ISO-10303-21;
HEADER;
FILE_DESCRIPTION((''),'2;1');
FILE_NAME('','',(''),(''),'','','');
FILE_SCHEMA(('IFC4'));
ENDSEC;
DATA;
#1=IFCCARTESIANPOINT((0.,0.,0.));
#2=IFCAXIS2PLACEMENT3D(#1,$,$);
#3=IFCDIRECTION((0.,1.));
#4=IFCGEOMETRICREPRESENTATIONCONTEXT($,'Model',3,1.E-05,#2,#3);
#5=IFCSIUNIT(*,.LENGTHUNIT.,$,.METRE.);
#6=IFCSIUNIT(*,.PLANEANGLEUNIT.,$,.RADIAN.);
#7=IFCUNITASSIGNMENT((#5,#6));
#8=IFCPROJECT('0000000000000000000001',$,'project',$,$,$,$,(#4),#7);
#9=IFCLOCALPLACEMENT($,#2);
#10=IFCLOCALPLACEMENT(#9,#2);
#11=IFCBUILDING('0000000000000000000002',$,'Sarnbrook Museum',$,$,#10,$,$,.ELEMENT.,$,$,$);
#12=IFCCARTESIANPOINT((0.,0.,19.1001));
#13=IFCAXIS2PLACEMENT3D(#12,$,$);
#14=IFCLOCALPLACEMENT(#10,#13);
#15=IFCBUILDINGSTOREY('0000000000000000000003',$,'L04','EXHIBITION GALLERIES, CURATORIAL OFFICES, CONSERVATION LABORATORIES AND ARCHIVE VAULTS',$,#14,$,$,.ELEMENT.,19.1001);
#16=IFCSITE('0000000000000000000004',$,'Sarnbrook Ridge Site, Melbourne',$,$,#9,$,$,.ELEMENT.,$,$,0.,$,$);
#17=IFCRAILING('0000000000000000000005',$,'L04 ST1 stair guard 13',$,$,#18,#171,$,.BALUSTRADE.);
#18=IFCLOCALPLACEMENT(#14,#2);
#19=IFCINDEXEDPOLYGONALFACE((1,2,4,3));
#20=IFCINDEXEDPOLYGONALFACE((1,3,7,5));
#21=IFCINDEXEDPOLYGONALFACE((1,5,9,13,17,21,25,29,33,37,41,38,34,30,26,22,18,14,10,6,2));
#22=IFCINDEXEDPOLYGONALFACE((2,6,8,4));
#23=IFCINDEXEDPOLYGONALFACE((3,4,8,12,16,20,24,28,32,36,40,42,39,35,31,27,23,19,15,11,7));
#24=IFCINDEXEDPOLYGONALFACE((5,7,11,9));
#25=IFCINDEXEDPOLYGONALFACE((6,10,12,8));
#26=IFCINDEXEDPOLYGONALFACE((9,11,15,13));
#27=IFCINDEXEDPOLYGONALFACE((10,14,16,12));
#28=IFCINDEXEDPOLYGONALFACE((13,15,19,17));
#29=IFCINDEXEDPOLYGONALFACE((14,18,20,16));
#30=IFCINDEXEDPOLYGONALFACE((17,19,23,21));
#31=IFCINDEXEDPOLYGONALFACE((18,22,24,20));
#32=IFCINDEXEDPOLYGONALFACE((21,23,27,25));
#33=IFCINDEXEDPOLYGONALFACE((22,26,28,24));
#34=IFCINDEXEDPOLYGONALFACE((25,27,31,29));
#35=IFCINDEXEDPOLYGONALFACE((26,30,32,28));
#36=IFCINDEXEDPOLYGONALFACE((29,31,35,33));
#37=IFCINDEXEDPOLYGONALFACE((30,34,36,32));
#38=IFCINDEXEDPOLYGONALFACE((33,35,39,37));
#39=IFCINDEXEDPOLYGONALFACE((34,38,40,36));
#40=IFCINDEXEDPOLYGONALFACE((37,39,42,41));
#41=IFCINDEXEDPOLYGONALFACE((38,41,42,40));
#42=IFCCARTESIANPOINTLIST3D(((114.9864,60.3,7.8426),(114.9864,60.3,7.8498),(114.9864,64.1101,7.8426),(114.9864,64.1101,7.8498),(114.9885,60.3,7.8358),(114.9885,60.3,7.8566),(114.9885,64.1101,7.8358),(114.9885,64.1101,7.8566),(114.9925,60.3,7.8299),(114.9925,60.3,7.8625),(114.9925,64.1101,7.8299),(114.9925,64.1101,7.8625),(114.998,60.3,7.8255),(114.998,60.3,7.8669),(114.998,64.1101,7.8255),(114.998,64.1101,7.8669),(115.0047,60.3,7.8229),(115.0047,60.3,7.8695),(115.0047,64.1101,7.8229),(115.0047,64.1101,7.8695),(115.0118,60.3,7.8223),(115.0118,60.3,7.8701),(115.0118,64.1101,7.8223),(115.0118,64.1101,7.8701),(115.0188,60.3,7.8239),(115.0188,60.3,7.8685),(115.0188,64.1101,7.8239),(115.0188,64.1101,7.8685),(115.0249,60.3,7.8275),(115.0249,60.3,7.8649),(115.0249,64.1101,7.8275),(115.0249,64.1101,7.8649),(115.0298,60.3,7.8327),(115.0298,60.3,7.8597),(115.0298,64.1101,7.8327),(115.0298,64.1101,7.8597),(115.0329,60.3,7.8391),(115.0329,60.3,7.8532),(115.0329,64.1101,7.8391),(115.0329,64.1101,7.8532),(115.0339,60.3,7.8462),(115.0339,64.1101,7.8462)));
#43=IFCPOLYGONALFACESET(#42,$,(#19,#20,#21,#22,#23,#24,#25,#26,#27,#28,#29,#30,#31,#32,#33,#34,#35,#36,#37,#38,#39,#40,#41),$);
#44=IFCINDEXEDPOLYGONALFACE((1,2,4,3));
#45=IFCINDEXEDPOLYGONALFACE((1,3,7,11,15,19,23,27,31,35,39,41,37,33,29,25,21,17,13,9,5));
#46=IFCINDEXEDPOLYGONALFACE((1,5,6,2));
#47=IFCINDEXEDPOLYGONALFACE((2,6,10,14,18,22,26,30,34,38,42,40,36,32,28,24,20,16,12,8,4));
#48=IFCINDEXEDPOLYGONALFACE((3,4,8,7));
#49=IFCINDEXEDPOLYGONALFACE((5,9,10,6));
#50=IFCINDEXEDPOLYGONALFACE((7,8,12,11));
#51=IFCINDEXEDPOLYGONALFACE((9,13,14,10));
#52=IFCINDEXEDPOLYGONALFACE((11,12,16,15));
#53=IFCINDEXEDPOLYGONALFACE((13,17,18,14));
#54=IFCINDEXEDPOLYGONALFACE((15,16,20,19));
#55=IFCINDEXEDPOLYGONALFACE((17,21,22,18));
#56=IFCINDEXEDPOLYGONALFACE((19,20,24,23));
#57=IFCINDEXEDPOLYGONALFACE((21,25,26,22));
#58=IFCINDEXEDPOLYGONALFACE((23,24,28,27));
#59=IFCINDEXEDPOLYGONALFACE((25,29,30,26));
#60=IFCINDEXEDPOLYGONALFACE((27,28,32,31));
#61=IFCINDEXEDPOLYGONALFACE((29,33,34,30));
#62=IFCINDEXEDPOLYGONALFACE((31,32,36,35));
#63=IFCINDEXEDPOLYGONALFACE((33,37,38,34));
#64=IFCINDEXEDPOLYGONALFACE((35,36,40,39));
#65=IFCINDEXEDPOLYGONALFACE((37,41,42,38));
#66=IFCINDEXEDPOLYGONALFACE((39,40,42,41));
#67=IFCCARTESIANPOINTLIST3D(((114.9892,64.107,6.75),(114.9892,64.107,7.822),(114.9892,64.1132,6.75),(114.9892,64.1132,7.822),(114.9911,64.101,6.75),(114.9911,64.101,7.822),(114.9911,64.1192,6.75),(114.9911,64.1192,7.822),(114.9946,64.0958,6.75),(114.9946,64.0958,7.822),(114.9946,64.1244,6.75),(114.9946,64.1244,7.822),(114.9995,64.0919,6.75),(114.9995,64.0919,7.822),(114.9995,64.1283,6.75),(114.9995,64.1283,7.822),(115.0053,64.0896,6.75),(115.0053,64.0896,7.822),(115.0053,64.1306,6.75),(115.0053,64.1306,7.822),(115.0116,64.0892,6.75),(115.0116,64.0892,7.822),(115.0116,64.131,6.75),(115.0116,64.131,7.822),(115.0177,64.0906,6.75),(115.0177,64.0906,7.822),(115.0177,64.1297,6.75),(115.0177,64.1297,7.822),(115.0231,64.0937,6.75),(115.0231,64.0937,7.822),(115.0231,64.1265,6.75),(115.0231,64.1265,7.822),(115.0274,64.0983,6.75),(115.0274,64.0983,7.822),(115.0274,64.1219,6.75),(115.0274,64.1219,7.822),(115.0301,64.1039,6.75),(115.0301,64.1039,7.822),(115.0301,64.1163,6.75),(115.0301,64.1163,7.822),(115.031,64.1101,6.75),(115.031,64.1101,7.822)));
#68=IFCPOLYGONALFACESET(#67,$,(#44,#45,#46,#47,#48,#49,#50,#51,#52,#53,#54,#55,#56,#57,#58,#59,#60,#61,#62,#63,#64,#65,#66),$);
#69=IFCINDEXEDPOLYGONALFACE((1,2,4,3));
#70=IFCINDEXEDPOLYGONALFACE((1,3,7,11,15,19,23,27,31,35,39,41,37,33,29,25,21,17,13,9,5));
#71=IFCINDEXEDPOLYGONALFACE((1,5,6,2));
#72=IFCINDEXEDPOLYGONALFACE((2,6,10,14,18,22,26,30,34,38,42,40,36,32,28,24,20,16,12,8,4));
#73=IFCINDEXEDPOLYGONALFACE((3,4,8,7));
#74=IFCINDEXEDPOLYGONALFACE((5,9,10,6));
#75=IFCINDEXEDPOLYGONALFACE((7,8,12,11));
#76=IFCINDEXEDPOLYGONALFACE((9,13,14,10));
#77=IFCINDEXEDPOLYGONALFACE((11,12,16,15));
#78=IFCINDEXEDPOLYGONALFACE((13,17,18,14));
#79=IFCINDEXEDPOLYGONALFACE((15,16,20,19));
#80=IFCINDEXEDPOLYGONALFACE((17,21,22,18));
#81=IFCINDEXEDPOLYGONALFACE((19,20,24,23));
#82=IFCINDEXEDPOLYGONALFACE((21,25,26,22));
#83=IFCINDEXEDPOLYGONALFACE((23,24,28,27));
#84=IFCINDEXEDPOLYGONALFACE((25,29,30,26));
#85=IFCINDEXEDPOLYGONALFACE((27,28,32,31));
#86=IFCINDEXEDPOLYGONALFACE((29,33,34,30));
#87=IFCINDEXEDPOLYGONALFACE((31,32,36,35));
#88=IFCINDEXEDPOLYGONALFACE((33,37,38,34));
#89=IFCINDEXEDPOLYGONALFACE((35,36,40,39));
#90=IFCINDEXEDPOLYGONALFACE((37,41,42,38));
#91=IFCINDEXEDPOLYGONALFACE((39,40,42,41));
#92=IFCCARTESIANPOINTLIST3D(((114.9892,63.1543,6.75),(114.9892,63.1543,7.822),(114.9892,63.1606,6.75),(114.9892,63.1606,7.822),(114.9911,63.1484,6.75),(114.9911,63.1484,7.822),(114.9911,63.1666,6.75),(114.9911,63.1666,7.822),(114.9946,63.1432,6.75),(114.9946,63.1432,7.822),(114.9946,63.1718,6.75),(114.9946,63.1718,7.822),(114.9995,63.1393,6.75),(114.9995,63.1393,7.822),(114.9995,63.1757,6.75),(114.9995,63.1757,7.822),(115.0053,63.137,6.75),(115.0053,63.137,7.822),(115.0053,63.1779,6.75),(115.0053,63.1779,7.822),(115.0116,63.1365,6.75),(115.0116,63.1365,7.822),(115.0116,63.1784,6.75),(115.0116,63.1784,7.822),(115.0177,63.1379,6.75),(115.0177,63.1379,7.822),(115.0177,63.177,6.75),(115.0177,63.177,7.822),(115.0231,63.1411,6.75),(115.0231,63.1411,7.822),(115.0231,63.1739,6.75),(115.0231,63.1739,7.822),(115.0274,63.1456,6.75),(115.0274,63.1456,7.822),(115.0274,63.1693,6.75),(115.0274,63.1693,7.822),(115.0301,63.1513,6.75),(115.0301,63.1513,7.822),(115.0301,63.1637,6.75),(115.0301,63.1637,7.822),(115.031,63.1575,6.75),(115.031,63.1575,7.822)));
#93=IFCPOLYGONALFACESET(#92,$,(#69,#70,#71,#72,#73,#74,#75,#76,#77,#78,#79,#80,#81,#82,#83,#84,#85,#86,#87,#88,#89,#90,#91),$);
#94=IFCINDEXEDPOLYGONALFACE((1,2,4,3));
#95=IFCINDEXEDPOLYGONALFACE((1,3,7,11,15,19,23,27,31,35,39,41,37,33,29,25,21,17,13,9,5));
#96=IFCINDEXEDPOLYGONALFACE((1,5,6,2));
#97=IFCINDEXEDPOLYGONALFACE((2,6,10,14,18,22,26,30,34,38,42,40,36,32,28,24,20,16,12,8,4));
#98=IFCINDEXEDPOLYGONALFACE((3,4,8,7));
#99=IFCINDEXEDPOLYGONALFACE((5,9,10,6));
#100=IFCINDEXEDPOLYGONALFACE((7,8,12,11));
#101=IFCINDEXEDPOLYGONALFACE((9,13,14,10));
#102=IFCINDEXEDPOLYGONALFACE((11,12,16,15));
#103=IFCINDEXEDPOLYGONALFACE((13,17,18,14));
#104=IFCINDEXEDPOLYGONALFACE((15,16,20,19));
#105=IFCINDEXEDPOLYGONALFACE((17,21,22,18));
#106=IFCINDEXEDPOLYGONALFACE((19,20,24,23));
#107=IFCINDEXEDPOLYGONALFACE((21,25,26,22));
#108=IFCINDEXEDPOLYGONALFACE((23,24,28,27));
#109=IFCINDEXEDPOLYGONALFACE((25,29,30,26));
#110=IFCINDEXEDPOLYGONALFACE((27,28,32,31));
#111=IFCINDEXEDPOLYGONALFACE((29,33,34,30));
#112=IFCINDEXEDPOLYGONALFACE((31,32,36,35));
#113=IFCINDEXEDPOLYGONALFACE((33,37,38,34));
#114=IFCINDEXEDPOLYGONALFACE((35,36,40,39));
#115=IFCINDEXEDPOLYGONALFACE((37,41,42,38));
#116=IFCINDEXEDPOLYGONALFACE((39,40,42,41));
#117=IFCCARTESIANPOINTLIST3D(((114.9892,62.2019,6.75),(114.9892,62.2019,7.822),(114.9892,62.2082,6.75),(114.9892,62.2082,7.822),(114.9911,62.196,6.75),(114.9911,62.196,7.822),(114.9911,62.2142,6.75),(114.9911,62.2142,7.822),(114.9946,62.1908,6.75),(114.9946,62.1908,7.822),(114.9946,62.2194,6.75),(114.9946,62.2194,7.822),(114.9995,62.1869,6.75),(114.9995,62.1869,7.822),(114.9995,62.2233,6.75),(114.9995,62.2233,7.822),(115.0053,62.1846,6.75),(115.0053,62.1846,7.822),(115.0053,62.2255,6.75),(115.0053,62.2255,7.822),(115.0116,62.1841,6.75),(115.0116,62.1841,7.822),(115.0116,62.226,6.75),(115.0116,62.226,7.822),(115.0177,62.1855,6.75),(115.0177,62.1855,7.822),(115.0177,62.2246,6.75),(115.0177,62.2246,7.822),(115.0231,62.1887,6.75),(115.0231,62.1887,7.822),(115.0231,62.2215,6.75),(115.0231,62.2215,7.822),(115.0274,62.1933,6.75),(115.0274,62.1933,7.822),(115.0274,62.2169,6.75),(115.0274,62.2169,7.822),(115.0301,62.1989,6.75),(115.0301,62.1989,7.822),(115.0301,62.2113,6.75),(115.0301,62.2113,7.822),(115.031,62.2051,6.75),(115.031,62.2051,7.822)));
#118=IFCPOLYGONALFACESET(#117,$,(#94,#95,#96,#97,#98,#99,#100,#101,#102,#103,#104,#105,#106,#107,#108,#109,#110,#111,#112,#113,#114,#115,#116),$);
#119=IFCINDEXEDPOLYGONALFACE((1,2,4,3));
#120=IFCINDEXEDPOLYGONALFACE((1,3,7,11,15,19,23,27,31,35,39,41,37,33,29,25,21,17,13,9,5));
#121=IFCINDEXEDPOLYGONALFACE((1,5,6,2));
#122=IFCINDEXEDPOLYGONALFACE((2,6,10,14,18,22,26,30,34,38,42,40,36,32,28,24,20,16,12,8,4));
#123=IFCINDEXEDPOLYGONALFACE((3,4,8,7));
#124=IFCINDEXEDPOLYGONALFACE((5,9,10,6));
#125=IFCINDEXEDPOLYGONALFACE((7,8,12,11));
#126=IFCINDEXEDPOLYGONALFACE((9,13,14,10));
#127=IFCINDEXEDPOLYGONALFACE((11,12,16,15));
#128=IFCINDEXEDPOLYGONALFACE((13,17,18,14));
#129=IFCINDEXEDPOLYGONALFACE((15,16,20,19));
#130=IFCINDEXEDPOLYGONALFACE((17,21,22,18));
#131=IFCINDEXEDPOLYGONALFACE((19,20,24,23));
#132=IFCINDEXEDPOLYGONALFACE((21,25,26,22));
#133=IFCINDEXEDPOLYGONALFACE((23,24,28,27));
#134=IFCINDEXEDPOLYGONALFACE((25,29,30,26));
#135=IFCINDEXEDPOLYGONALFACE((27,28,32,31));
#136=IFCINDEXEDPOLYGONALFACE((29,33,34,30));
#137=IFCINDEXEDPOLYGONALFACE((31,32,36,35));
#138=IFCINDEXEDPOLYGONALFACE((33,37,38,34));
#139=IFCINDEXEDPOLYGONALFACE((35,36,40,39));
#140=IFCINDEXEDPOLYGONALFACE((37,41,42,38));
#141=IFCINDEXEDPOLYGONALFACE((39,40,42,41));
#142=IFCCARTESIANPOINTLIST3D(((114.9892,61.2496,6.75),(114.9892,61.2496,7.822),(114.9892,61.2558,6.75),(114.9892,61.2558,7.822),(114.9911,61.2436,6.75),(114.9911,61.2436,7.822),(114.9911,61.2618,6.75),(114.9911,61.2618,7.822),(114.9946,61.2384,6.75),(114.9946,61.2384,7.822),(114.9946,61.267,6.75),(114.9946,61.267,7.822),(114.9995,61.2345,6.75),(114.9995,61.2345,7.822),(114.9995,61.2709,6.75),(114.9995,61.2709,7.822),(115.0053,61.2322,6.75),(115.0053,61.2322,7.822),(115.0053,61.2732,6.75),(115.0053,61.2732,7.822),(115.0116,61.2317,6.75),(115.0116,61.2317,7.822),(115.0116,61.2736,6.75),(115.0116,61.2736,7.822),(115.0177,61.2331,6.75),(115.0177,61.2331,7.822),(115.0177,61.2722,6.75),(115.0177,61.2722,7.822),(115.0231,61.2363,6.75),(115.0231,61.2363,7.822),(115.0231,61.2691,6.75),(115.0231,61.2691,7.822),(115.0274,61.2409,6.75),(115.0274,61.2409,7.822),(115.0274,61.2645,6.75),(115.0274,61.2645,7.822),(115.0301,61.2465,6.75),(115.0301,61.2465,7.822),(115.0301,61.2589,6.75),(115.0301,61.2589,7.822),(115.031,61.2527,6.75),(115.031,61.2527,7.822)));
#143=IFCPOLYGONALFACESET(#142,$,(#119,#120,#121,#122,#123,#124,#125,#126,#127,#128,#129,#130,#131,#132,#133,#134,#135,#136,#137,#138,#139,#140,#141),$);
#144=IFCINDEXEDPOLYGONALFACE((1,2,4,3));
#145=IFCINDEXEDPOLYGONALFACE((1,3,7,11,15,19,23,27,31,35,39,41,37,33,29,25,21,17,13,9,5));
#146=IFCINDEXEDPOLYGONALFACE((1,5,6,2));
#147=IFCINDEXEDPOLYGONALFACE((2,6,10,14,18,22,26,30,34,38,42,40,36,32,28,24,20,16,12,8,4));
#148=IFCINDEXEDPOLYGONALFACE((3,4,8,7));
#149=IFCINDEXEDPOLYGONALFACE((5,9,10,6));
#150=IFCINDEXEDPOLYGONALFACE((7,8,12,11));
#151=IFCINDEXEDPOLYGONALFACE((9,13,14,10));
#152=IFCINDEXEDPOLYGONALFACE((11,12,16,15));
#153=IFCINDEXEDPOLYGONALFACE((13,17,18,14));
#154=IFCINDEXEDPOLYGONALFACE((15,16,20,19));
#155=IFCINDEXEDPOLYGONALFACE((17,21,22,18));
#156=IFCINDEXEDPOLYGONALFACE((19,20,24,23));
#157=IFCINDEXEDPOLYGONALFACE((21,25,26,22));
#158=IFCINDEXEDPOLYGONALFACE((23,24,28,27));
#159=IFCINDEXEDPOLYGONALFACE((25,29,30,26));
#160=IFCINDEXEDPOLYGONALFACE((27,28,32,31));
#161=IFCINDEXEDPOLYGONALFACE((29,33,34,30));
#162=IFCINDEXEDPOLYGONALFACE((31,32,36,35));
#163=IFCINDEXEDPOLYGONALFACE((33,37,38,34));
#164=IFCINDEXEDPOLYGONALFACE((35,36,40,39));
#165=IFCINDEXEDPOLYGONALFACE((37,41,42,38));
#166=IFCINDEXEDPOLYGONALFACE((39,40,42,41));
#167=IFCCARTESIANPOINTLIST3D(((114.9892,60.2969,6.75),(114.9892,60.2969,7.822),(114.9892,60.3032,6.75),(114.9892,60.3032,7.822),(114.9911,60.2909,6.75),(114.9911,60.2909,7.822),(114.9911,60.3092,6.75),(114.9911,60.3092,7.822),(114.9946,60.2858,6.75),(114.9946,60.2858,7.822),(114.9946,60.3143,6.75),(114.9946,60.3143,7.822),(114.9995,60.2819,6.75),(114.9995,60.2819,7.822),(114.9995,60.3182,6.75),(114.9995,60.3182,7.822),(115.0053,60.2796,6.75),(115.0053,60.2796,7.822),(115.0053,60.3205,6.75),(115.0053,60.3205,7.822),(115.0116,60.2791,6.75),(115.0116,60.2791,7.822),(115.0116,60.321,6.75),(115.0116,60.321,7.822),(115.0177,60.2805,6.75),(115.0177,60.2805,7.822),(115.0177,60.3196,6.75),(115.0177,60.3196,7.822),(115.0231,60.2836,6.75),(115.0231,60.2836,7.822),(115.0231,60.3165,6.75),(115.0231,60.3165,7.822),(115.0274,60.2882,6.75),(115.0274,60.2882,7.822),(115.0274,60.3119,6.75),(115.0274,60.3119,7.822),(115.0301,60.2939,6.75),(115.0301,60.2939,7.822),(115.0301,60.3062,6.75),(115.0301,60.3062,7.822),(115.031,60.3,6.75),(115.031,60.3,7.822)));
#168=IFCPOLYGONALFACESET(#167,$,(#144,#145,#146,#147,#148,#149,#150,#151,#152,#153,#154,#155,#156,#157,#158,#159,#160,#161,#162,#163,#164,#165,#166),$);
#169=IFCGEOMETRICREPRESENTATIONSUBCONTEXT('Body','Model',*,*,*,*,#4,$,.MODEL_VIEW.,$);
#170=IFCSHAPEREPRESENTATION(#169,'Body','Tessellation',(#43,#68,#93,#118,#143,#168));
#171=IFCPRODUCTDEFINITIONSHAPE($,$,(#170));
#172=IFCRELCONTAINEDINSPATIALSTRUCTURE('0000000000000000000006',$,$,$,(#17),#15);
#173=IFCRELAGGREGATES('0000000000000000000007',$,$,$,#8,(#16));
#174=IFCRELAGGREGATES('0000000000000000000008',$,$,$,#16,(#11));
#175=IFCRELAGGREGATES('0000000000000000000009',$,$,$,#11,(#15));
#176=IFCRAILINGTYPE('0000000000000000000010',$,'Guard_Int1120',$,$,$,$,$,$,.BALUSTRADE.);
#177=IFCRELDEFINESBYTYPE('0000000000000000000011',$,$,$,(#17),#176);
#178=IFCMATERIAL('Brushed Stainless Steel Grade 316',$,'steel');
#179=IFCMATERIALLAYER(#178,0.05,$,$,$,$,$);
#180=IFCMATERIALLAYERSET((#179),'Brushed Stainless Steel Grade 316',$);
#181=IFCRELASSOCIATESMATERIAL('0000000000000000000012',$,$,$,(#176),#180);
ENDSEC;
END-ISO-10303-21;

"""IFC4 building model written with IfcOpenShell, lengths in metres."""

from ifc_helpers import new_model, si_unit, direction, frame, origin, origin_2d, place, context, subcontext, project, spatial, circle, extrude, material, layer, layer_set, type_object, element, save


model = new_model("IFC4")

# Units and contexts
model_context = context("Model", 3, precision=1e-05, world=origin(), true_north=direction((0.0, 1.0)))
body_context = subcontext(model_context, "Body", "Model", "MODEL_VIEW")
ifc_project = project(units=[si_unit("LENGTHUNIT", "METRE"), si_unit("PLANEANGLEUNIT", "RADIAN")], contexts=[model_context])

# Site, building, storey
site_placement = place(None, origin())
site = spatial("IfcSite", under=ifc_project, at=site_placement, Name="Sarnbrook Ridge Site, Melbourne", CompositionType="ELEMENT", RefElevation=0.0)
building_placement = place(site_placement, origin())
building = spatial("IfcBuilding", under=site, at=building_placement, Name="Sarnbrook Museum", CompositionType="ELEMENT")
storey_placement = place(building_placement, frame((0.0, 0.0, 19.1001)))
storey = spatial("IfcBuildingStorey", under=building, at=storey_placement, Name="L04", Description="EXHIBITION GALLERIES, CURATORIAL OFFICES, CONSERVATION LABORATORIES AND ARCHIVE VAULTS", CompositionType="ELEMENT", Elevation=19.1001)

# Shared definitions
ifc_material_1 = material(Name="Brushed Stainless Steel Grade 316", Category="steel")

# Railing
ifc_layer_1 = layer(ifc_material_1, 0.05)
ifc_layer_set_1 = layer_set([ifc_layer_1], Name="Brushed Stainless Steel Grade 316")
railing_type_1 = type_object("IfcRailingType", Name="Guard_Int1120", PredefinedType="BALUSTRADE", material=ifc_layer_set_1)
railing_1_placement = place(storey_placement, frame((115.01, 64.1101, 6.75)))
element("IfcRailing", 1, at=railing_1_placement, inside=storey, type_object=railing_type_1, Name="L04 ST1 stair guard 13", PredefinedType="BALUSTRADE", context=body_context, shape_type="SweptSolid", body=[
    extrude(circle(Radius=0.0239, at=origin_2d()), frame((0.0, 0.0, 1.0962), z_axis=(0.0, -1.0, 0.0), x_axis=(1.0, 0.0, 0.0)), (0.0, 0.0, 1.0), 3.8101),
    extrude(circle(Radius=0.021, at=origin_2d()), origin(), (0.0, 0.0, 1.0), 1.072),
    extrude(circle(Radius=0.021, at=origin_2d()), frame((0.0, -0.9526, 0.0)), (0.0, 0.0, 1.0), 1.072),
    extrude(circle(Radius=0.021, at=origin_2d()), frame((0.0, -1.905, 0.0)), (0.0, 0.0, 1.0), 1.072),
    extrude(circle(Radius=0.021, at=origin_2d()), frame((0.0, -2.8574, 0.0)), (0.0, 0.0, 1.0), 1.072),
    extrude(circle(Radius=0.021, at=origin_2d()), frame((0.0, -3.8101, 0.0)), (0.0, 0.0, 1.0), 1.072),
])

save(model, "model.ifc")
